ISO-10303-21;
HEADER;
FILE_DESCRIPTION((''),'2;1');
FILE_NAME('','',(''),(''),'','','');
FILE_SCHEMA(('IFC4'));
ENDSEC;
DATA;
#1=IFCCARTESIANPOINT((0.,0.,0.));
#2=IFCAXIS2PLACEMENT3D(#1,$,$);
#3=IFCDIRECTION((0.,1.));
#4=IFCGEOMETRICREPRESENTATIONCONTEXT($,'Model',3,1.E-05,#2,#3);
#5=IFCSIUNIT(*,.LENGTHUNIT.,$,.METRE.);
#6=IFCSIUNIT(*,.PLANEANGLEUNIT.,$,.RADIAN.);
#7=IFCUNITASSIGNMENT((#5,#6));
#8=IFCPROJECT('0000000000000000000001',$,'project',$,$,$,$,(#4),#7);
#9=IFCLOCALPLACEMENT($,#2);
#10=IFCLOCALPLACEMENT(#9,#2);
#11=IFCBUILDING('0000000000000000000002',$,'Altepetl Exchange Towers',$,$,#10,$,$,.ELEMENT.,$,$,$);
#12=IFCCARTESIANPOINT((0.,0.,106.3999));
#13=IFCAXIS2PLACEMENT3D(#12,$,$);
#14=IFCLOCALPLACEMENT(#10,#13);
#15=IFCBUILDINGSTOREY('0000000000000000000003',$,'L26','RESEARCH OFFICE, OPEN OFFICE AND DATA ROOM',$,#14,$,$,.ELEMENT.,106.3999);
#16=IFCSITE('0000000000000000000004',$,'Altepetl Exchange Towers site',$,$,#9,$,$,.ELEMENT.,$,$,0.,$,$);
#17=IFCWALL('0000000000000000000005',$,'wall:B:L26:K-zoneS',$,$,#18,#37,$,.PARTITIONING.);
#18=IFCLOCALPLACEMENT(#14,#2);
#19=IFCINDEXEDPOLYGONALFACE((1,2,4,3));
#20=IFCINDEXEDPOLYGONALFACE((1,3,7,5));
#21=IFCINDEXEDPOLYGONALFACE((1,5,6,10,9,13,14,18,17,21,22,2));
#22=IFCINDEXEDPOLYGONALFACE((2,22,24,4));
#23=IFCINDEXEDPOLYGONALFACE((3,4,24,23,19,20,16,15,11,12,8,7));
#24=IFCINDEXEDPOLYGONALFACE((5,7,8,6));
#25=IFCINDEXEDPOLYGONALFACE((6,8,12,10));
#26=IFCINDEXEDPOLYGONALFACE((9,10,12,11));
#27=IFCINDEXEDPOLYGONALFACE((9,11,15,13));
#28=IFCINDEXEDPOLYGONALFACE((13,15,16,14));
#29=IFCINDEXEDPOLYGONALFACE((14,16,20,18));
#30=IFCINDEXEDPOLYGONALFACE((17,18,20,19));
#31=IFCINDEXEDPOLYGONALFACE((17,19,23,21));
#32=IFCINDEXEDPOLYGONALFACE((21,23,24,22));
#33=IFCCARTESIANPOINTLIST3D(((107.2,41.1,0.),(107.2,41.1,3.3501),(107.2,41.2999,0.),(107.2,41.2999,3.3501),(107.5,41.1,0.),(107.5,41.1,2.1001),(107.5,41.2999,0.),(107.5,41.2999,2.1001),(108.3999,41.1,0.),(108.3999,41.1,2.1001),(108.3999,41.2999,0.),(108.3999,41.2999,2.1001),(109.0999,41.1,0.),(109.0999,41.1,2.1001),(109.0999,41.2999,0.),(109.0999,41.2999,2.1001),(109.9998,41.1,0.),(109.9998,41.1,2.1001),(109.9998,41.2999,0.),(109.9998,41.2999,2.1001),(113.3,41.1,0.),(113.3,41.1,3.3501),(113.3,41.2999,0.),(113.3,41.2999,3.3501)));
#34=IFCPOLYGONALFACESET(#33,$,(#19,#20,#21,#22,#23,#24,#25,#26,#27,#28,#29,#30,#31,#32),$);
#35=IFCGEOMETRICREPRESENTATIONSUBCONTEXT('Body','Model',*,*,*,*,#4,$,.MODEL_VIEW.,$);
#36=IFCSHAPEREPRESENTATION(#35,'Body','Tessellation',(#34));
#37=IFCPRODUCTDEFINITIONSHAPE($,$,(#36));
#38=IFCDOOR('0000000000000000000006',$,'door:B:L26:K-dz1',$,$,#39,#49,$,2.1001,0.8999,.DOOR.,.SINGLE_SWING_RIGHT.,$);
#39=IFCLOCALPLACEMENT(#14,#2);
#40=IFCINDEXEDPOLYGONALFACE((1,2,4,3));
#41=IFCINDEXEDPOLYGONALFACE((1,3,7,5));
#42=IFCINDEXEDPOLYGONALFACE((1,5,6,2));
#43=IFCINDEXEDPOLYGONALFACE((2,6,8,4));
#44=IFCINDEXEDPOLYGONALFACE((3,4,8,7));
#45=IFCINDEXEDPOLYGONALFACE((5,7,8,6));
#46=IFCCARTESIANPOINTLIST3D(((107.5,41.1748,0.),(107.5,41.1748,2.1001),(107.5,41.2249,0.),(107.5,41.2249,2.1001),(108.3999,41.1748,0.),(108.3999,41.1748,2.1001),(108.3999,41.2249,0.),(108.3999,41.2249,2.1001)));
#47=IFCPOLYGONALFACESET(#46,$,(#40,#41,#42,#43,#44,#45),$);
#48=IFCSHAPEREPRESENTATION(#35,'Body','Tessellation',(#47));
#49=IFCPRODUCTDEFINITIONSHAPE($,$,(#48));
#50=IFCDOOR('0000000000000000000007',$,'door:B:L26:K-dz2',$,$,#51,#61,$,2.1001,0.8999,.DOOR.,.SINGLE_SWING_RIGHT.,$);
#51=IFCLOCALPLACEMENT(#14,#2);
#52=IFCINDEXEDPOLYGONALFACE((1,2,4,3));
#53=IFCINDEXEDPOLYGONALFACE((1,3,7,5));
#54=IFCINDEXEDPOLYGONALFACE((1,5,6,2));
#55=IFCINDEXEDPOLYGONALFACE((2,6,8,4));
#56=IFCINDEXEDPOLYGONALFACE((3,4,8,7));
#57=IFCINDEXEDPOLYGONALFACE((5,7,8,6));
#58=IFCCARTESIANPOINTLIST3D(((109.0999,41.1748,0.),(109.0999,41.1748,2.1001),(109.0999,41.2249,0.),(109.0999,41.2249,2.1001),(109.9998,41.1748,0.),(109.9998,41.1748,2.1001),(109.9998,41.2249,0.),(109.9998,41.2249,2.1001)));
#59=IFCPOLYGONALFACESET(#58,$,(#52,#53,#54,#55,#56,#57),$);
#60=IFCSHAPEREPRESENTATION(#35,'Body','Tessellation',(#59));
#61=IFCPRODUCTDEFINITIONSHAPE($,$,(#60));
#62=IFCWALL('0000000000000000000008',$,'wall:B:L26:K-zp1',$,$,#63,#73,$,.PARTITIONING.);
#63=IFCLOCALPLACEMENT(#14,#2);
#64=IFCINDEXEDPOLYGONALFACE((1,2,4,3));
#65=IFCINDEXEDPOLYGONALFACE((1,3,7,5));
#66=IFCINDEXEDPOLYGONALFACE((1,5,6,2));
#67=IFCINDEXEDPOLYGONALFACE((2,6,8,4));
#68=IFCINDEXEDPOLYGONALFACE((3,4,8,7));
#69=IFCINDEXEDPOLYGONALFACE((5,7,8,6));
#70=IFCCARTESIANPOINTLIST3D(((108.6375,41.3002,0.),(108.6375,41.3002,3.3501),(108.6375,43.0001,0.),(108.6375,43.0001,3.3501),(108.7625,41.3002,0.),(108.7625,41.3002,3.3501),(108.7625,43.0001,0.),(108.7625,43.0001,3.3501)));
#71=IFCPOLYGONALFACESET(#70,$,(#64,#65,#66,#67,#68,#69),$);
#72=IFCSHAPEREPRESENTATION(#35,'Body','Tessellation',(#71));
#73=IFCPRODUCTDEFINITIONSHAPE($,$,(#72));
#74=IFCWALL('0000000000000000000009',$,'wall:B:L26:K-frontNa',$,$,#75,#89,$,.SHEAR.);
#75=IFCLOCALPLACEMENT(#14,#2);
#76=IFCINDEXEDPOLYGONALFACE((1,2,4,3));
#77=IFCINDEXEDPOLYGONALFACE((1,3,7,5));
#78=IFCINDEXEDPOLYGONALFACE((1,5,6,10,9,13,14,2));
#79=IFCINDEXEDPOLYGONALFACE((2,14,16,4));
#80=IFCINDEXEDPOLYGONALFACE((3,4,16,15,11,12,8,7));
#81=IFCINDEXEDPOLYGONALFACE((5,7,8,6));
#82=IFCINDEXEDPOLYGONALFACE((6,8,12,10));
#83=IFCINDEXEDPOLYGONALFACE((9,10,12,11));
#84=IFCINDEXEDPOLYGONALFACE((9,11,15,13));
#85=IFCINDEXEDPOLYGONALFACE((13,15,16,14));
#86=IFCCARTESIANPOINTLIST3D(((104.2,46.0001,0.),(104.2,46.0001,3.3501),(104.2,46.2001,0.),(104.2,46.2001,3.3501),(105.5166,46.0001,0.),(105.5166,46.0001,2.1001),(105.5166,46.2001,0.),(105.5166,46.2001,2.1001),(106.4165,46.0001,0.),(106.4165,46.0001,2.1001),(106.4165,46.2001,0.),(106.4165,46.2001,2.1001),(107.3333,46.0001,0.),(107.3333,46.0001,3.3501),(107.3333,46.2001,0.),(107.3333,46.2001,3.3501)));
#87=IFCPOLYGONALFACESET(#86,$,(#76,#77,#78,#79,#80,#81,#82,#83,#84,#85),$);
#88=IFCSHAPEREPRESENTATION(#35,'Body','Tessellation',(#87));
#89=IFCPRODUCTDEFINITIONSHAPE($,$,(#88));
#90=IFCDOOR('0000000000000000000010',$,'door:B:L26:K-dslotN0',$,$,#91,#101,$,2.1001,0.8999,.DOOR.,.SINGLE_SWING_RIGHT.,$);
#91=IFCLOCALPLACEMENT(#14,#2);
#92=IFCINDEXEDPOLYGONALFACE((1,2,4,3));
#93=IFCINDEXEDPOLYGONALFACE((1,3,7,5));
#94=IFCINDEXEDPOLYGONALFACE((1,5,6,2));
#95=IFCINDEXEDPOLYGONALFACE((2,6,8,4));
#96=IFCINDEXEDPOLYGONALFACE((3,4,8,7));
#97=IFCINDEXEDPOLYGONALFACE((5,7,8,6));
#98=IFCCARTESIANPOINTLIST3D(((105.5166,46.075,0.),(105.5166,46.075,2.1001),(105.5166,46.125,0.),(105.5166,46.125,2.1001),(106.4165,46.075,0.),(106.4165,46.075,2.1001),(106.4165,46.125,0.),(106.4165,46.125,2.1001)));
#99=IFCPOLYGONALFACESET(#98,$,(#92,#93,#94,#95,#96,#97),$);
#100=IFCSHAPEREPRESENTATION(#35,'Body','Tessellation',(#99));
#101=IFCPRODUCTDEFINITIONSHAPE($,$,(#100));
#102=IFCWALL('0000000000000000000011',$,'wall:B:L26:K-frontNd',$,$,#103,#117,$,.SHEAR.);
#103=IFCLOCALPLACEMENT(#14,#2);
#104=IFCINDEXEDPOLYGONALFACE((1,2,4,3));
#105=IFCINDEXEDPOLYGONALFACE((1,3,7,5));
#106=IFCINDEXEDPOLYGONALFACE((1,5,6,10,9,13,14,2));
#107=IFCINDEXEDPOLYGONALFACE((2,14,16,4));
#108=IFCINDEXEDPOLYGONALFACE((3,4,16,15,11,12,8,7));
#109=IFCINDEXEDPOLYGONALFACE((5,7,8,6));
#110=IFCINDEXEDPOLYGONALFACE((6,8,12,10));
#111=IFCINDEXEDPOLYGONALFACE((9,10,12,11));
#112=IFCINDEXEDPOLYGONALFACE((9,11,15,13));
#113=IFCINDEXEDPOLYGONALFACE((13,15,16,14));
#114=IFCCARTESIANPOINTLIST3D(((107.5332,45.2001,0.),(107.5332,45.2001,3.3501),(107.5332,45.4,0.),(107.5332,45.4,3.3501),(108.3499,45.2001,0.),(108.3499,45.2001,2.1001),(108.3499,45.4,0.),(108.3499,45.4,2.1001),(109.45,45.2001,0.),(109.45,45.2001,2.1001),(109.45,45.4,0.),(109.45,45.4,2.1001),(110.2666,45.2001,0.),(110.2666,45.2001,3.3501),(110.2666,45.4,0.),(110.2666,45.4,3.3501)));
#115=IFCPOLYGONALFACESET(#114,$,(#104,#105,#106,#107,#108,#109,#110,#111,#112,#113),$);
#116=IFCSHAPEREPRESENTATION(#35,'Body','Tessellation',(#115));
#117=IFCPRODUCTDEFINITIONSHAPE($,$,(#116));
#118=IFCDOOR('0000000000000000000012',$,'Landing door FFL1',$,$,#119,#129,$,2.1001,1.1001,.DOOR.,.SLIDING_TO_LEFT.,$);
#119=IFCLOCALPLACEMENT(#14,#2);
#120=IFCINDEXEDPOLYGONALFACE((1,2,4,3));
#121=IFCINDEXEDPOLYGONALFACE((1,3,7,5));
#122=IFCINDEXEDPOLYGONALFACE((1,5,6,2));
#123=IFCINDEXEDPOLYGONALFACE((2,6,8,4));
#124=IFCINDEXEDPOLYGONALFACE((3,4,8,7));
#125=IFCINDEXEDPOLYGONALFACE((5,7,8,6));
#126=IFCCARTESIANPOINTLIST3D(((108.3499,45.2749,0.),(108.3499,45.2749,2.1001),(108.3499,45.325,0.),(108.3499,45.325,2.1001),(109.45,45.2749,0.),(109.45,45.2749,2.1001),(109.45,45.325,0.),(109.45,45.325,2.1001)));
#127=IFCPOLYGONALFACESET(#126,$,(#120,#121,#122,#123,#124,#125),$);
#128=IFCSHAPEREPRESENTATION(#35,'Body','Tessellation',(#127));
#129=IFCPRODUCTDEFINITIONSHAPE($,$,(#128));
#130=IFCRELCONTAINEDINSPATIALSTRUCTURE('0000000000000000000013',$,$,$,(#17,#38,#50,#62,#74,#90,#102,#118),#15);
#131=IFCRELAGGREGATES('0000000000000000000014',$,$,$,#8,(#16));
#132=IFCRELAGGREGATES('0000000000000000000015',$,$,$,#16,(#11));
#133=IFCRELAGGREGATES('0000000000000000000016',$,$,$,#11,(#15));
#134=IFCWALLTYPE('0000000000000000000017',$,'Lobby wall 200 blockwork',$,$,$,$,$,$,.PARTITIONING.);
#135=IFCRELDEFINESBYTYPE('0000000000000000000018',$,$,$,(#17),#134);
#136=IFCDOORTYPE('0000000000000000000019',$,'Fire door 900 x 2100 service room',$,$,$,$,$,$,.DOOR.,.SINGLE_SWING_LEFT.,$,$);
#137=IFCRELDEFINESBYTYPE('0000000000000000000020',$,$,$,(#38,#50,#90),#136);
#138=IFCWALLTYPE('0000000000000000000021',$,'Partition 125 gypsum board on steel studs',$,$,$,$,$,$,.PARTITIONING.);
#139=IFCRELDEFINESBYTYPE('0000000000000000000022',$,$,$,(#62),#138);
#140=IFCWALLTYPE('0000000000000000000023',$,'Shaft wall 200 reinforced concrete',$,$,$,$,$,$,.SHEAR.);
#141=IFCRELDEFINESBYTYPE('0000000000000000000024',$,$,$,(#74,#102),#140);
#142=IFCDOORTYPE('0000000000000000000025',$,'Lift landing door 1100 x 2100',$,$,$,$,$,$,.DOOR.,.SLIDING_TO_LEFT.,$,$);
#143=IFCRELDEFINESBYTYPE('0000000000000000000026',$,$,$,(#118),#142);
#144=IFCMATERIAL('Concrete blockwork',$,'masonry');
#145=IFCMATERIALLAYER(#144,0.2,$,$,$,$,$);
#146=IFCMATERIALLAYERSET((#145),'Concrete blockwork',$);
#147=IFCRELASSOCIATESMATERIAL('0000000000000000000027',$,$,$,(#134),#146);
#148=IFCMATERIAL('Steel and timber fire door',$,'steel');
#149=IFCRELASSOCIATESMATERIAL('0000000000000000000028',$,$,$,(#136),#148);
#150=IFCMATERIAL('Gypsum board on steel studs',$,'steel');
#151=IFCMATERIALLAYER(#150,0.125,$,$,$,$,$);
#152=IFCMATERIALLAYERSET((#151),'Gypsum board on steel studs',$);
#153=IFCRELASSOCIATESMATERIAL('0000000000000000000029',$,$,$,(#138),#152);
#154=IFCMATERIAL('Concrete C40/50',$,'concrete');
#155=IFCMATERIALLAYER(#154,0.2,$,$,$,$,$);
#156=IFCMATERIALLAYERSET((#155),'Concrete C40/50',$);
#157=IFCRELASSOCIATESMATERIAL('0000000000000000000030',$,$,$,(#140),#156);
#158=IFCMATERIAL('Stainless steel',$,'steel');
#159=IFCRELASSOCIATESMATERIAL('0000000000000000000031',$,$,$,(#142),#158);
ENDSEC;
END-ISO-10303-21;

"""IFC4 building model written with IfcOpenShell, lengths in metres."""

from ifc_helpers import new_model, si_unit, direction, frame, frame_2d, origin, place, context, subcontext, project, spatial, rectangle, extrude, material, layer, layer_set, type_object, element, fill, save


model = new_model("IFC4")

# Units and contexts
model_context = context("Model", 3, precision=1e-05, world=origin(), true_north=direction((0.0, 1.0)))
body_context = subcontext(model_context, "Body", "Model", "MODEL_VIEW")
ifc_project = project(units=[si_unit("LENGTHUNIT", "METRE"), si_unit("PLANEANGLEUNIT", "RADIAN")], contexts=[model_context])

# Site, building, storey
site_placement = place(None, origin())
site = spatial("IfcSite", under=ifc_project, at=site_placement, Name="Altepetl Exchange Towers site", CompositionType="ELEMENT", RefElevation=0.0)
building_placement = place(site_placement, origin())
building = spatial("IfcBuilding", under=site, at=building_placement, Name="Altepetl Exchange Towers", CompositionType="ELEMENT")
storey_placement = place(building_placement, frame((0.0, 0.0, 106.3999)))
storey = spatial("IfcBuildingStorey", under=building, at=storey_placement, Name="L26", Description="RESEARCH OFFICE, OPEN OFFICE AND DATA ROOM", CompositionType="ELEMENT", Elevation=106.3999)

# Shared definitions
ifc_material_1 = material(Name="Concrete blockwork", Category="masonry")
ifc_layer_1 = layer(ifc_material_1, 0.2)
ifc_layer_set_1 = layer_set([ifc_layer_1], Name="Concrete blockwork")
wall_type_1 = type_object("IfcWallType", Name="Lobby wall 200 blockwork", PredefinedType="PARTITIONING", material=ifc_layer_set_1)

# Shared definitions
ifc_material_2 = material(Name="Steel and timber fire door", Category="steel")

# Wall, openings, doors
door_type_1 = type_object("IfcDoorType", Name="Fire door 900 x 2100 service room", OperationType="SINGLE_SWING_LEFT", PredefinedType="DOOR", material=ifc_material_2)
wall_1_placement = place(storey_placement, frame((107.2, 41.2, 0.0)))
wall_1 = element("IfcWall", 1, at=wall_1_placement, inside=storey, type_object=wall_type_1, Name="wall:B:L26:K-zoneS", PredefinedType="PARTITIONING", context=body_context, shape_type="SweptSolid", body=[
    extrude(rectangle(XDim=6.1001, YDim=0.2, at=frame_2d((3.05, 0.0))), origin(), (0.0, 0.0, 1.0), 3.3501),
])
opening_1_placement = place(wall_1_placement, frame((0.3, 0.0, 0.0)))
opening_1 = element("IfcOpeningElement", 2, at=opening_1_placement, cuts=wall_1, PredefinedType="OPENING", context=body_context, shape_type="SweptSolid", body=[
    extrude(rectangle(XDim=0.8999, YDim=2.1001, at=frame_2d((0.45, 1.05))), frame((0.0, 0.1099, 0.0), z_axis=(0.0, -1.0, 0.0), x_axis=(1.0, 0.0, 0.0)), (0.0, 0.0, 1.0), 0.22),
])
opening_2_placement = place(wall_1_placement, frame((1.8999, 0.0, 0.0)))
opening_2 = element("IfcOpeningElement", 3, at=opening_2_placement, cuts=wall_1, PredefinedType="OPENING", context=body_context, shape_type="SweptSolid", body=[
    extrude(rectangle(XDim=0.8999, YDim=2.1001, at=frame_2d((0.45, 1.05))), frame((0.0, 0.1099, 0.0), z_axis=(0.0, -1.0, 0.0), x_axis=(1.0, 0.0, 0.0)), (0.0, 0.0, 1.0), 0.22),
])
door_1_placement = place(opening_1_placement, origin())
door_1 = element("IfcDoor", 4, at=door_1_placement, inside=storey, type_object=door_type_1, Name="door:B:L26:K-dz1", OperationType="SINGLE_SWING_RIGHT", OverallHeight=2.1001, OverallWidth=0.8999, PredefinedType="DOOR", context=body_context, shape_type="SweptSolid", body=[
    extrude(rectangle(XDim=0.8999, YDim=2.1001, at=frame_2d((0.45, 1.05))), frame((0.0, 0.0249, 0.0), z_axis=(0.0, -1.0, 0.0), x_axis=(1.0, 0.0, 0.0)), (0.0, 0.0, 1.0), 0.05),
])
fill(opening_1, door_1)
door_2_placement = place(opening_2_placement, origin())
door_2 = element("IfcDoor", 5, at=door_2_placement, inside=storey, type_object=door_type_1, Name="door:B:L26:K-dz2", OperationType="SINGLE_SWING_RIGHT", OverallHeight=2.1001, OverallWidth=0.8999, PredefinedType="DOOR", context=body_context, shape_type="SweptSolid", body=[
    extrude(rectangle(XDim=0.8999, YDim=2.1001, at=frame_2d((0.45, 1.05))), frame((0.0, 0.0249, 0.0), z_axis=(0.0, -1.0, 0.0), x_axis=(1.0, 0.0, 0.0)), (0.0, 0.0, 1.0), 0.05),
])
fill(opening_2, door_2)

# Wall
ifc_material_3 = material(Name="Gypsum board on steel studs", Category="steel")
ifc_layer_2 = layer(ifc_material_3, 0.125)
ifc_layer_set_2 = layer_set([ifc_layer_2], Name="Gypsum board on steel studs")
wall_type_2 = type_object("IfcWallType", Name="Partition 125 gypsum board on steel studs", PredefinedType="PARTITIONING", material=ifc_layer_set_2)
wall_2_placement = place(storey_placement, frame((108.7, 41.3, 0.0), z_axis=(0.0, 0.0, 1.0), x_axis=(0.0, 1.0, 0.0)))
element("IfcWall", 6, at=wall_2_placement, inside=storey, type_object=wall_type_2, Name="wall:B:L26:K-zp1", PredefinedType="PARTITIONING", context=body_context, shape_type="SweptSolid", body=[
    extrude(rectangle(XDim=1.7, YDim=0.125, at=frame_2d((0.8501, 0.0))), origin(), (0.0, 0.0, 1.0), 3.3501),
])

# Walls, openings, doors
ifc_material_4 = material(Name="Concrete C40/50", Category="concrete")
ifc_layer_3 = layer(ifc_material_4, 0.2)
ifc_layer_set_3 = layer_set([ifc_layer_3], Name="Concrete C40/50")
wall_type_3 = type_object("IfcWallType", Name="Shaft wall 200 reinforced concrete", PredefinedType="SHEAR", material=ifc_layer_set_3)
wall_3_placement = place(storey_placement, frame((104.2, 46.1001, 0.0)))
wall_3 = element("IfcWall", 7, at=wall_3_placement, inside=storey, type_object=wall_type_3, Name="wall:B:L26:K-frontNa", PredefinedType="SHEAR", context=body_context, shape_type="SweptSolid", body=[
    extrude(rectangle(XDim=3.1333, YDim=0.2, at=frame_2d((1.5667, 0.0))), origin(), (0.0, 0.0, 1.0), 3.3501),
])
opening_3_placement = place(wall_3_placement, frame((1.3167, 0.0, 0.0)))
opening_3 = element("IfcOpeningElement", 8, at=opening_3_placement, cuts=wall_3, PredefinedType="OPENING", context=body_context, shape_type="SweptSolid", body=[
    extrude(rectangle(XDim=0.8999, YDim=2.1001, at=frame_2d((0.45, 1.05))), frame((0.0, 0.1099, 0.0), z_axis=(0.0, -1.0, 0.0), x_axis=(1.0, 0.0, 0.0)), (0.0, 0.0, 1.0), 0.22),
])
door_3_placement = place(opening_3_placement, origin())
door_3 = element("IfcDoor", 9, at=door_3_placement, inside=storey, type_object=door_type_1, Name="door:B:L26:K-dslotN0", OperationType="SINGLE_SWING_RIGHT", OverallHeight=2.1001, OverallWidth=0.8999, PredefinedType="DOOR", context=body_context, shape_type="SweptSolid", body=[
    extrude(rectangle(XDim=0.8999, YDim=2.1001, at=frame_2d((0.45, 1.05))), frame((0.0, 0.0249, 0.0), z_axis=(0.0, -1.0, 0.0), x_axis=(1.0, 0.0, 0.0)), (0.0, 0.0, 1.0), 0.05),
])
fill(opening_3, door_3)
wall_4_placement = place(storey_placement, frame((107.5332, 45.3, 0.0)))
wall_4 = element("IfcWall", 10, at=wall_4_placement, inside=storey, type_object=wall_type_3, Name="wall:B:L26:K-frontNd", PredefinedType="SHEAR", context=body_context, shape_type="SweptSolid", body=[
    extrude(rectangle(XDim=2.7334, YDim=0.2, at=frame_2d((1.3667, 0.0))), origin(), (0.0, 0.0, 1.0), 3.3501),
])
opening_4_placement = place(wall_4_placement, frame((0.8167, 0.0, 0.0)))
opening_4 = element("IfcOpeningElement", 11, at=opening_4_placement, cuts=wall_4, PredefinedType="OPENING", context=body_context, shape_type="SweptSolid", body=[
    extrude(rectangle(XDim=1.1001, YDim=2.1001, at=frame_2d((0.55, 1.05))), frame((0.0, 0.1099, 0.0), z_axis=(0.0, -1.0, 0.0), x_axis=(1.0, 0.0, 0.0)), (0.0, 0.0, 1.0), 0.22),
])
ifc_material_5 = material(Name="Stainless steel", Category="steel")
door_type_2 = type_object("IfcDoorType", Name="Lift landing door 1100 x 2100", OperationType="SLIDING_TO_LEFT", PredefinedType="DOOR", material=ifc_material_5)
door_4_placement = place(opening_4_placement, origin())
door_4 = element("IfcDoor", 12, at=door_4_placement, inside=storey, type_object=door_type_2, Name="Landing door FFL1", OperationType="SLIDING_TO_LEFT", OverallHeight=2.1001, OverallWidth=1.1001, PredefinedType="DOOR", context=body_context, shape_type="SweptSolid", body=[
    extrude(rectangle(XDim=1.1001, YDim=2.1001, at=frame_2d((0.55, 1.05))), frame((0.0, 0.0249, 0.0), z_axis=(0.0, -1.0, 0.0), x_axis=(1.0, 0.0, 0.0)), (0.0, 0.0, 1.0), 0.05),
])
fill(opening_4, door_4)

save(model, "model.ifc")
